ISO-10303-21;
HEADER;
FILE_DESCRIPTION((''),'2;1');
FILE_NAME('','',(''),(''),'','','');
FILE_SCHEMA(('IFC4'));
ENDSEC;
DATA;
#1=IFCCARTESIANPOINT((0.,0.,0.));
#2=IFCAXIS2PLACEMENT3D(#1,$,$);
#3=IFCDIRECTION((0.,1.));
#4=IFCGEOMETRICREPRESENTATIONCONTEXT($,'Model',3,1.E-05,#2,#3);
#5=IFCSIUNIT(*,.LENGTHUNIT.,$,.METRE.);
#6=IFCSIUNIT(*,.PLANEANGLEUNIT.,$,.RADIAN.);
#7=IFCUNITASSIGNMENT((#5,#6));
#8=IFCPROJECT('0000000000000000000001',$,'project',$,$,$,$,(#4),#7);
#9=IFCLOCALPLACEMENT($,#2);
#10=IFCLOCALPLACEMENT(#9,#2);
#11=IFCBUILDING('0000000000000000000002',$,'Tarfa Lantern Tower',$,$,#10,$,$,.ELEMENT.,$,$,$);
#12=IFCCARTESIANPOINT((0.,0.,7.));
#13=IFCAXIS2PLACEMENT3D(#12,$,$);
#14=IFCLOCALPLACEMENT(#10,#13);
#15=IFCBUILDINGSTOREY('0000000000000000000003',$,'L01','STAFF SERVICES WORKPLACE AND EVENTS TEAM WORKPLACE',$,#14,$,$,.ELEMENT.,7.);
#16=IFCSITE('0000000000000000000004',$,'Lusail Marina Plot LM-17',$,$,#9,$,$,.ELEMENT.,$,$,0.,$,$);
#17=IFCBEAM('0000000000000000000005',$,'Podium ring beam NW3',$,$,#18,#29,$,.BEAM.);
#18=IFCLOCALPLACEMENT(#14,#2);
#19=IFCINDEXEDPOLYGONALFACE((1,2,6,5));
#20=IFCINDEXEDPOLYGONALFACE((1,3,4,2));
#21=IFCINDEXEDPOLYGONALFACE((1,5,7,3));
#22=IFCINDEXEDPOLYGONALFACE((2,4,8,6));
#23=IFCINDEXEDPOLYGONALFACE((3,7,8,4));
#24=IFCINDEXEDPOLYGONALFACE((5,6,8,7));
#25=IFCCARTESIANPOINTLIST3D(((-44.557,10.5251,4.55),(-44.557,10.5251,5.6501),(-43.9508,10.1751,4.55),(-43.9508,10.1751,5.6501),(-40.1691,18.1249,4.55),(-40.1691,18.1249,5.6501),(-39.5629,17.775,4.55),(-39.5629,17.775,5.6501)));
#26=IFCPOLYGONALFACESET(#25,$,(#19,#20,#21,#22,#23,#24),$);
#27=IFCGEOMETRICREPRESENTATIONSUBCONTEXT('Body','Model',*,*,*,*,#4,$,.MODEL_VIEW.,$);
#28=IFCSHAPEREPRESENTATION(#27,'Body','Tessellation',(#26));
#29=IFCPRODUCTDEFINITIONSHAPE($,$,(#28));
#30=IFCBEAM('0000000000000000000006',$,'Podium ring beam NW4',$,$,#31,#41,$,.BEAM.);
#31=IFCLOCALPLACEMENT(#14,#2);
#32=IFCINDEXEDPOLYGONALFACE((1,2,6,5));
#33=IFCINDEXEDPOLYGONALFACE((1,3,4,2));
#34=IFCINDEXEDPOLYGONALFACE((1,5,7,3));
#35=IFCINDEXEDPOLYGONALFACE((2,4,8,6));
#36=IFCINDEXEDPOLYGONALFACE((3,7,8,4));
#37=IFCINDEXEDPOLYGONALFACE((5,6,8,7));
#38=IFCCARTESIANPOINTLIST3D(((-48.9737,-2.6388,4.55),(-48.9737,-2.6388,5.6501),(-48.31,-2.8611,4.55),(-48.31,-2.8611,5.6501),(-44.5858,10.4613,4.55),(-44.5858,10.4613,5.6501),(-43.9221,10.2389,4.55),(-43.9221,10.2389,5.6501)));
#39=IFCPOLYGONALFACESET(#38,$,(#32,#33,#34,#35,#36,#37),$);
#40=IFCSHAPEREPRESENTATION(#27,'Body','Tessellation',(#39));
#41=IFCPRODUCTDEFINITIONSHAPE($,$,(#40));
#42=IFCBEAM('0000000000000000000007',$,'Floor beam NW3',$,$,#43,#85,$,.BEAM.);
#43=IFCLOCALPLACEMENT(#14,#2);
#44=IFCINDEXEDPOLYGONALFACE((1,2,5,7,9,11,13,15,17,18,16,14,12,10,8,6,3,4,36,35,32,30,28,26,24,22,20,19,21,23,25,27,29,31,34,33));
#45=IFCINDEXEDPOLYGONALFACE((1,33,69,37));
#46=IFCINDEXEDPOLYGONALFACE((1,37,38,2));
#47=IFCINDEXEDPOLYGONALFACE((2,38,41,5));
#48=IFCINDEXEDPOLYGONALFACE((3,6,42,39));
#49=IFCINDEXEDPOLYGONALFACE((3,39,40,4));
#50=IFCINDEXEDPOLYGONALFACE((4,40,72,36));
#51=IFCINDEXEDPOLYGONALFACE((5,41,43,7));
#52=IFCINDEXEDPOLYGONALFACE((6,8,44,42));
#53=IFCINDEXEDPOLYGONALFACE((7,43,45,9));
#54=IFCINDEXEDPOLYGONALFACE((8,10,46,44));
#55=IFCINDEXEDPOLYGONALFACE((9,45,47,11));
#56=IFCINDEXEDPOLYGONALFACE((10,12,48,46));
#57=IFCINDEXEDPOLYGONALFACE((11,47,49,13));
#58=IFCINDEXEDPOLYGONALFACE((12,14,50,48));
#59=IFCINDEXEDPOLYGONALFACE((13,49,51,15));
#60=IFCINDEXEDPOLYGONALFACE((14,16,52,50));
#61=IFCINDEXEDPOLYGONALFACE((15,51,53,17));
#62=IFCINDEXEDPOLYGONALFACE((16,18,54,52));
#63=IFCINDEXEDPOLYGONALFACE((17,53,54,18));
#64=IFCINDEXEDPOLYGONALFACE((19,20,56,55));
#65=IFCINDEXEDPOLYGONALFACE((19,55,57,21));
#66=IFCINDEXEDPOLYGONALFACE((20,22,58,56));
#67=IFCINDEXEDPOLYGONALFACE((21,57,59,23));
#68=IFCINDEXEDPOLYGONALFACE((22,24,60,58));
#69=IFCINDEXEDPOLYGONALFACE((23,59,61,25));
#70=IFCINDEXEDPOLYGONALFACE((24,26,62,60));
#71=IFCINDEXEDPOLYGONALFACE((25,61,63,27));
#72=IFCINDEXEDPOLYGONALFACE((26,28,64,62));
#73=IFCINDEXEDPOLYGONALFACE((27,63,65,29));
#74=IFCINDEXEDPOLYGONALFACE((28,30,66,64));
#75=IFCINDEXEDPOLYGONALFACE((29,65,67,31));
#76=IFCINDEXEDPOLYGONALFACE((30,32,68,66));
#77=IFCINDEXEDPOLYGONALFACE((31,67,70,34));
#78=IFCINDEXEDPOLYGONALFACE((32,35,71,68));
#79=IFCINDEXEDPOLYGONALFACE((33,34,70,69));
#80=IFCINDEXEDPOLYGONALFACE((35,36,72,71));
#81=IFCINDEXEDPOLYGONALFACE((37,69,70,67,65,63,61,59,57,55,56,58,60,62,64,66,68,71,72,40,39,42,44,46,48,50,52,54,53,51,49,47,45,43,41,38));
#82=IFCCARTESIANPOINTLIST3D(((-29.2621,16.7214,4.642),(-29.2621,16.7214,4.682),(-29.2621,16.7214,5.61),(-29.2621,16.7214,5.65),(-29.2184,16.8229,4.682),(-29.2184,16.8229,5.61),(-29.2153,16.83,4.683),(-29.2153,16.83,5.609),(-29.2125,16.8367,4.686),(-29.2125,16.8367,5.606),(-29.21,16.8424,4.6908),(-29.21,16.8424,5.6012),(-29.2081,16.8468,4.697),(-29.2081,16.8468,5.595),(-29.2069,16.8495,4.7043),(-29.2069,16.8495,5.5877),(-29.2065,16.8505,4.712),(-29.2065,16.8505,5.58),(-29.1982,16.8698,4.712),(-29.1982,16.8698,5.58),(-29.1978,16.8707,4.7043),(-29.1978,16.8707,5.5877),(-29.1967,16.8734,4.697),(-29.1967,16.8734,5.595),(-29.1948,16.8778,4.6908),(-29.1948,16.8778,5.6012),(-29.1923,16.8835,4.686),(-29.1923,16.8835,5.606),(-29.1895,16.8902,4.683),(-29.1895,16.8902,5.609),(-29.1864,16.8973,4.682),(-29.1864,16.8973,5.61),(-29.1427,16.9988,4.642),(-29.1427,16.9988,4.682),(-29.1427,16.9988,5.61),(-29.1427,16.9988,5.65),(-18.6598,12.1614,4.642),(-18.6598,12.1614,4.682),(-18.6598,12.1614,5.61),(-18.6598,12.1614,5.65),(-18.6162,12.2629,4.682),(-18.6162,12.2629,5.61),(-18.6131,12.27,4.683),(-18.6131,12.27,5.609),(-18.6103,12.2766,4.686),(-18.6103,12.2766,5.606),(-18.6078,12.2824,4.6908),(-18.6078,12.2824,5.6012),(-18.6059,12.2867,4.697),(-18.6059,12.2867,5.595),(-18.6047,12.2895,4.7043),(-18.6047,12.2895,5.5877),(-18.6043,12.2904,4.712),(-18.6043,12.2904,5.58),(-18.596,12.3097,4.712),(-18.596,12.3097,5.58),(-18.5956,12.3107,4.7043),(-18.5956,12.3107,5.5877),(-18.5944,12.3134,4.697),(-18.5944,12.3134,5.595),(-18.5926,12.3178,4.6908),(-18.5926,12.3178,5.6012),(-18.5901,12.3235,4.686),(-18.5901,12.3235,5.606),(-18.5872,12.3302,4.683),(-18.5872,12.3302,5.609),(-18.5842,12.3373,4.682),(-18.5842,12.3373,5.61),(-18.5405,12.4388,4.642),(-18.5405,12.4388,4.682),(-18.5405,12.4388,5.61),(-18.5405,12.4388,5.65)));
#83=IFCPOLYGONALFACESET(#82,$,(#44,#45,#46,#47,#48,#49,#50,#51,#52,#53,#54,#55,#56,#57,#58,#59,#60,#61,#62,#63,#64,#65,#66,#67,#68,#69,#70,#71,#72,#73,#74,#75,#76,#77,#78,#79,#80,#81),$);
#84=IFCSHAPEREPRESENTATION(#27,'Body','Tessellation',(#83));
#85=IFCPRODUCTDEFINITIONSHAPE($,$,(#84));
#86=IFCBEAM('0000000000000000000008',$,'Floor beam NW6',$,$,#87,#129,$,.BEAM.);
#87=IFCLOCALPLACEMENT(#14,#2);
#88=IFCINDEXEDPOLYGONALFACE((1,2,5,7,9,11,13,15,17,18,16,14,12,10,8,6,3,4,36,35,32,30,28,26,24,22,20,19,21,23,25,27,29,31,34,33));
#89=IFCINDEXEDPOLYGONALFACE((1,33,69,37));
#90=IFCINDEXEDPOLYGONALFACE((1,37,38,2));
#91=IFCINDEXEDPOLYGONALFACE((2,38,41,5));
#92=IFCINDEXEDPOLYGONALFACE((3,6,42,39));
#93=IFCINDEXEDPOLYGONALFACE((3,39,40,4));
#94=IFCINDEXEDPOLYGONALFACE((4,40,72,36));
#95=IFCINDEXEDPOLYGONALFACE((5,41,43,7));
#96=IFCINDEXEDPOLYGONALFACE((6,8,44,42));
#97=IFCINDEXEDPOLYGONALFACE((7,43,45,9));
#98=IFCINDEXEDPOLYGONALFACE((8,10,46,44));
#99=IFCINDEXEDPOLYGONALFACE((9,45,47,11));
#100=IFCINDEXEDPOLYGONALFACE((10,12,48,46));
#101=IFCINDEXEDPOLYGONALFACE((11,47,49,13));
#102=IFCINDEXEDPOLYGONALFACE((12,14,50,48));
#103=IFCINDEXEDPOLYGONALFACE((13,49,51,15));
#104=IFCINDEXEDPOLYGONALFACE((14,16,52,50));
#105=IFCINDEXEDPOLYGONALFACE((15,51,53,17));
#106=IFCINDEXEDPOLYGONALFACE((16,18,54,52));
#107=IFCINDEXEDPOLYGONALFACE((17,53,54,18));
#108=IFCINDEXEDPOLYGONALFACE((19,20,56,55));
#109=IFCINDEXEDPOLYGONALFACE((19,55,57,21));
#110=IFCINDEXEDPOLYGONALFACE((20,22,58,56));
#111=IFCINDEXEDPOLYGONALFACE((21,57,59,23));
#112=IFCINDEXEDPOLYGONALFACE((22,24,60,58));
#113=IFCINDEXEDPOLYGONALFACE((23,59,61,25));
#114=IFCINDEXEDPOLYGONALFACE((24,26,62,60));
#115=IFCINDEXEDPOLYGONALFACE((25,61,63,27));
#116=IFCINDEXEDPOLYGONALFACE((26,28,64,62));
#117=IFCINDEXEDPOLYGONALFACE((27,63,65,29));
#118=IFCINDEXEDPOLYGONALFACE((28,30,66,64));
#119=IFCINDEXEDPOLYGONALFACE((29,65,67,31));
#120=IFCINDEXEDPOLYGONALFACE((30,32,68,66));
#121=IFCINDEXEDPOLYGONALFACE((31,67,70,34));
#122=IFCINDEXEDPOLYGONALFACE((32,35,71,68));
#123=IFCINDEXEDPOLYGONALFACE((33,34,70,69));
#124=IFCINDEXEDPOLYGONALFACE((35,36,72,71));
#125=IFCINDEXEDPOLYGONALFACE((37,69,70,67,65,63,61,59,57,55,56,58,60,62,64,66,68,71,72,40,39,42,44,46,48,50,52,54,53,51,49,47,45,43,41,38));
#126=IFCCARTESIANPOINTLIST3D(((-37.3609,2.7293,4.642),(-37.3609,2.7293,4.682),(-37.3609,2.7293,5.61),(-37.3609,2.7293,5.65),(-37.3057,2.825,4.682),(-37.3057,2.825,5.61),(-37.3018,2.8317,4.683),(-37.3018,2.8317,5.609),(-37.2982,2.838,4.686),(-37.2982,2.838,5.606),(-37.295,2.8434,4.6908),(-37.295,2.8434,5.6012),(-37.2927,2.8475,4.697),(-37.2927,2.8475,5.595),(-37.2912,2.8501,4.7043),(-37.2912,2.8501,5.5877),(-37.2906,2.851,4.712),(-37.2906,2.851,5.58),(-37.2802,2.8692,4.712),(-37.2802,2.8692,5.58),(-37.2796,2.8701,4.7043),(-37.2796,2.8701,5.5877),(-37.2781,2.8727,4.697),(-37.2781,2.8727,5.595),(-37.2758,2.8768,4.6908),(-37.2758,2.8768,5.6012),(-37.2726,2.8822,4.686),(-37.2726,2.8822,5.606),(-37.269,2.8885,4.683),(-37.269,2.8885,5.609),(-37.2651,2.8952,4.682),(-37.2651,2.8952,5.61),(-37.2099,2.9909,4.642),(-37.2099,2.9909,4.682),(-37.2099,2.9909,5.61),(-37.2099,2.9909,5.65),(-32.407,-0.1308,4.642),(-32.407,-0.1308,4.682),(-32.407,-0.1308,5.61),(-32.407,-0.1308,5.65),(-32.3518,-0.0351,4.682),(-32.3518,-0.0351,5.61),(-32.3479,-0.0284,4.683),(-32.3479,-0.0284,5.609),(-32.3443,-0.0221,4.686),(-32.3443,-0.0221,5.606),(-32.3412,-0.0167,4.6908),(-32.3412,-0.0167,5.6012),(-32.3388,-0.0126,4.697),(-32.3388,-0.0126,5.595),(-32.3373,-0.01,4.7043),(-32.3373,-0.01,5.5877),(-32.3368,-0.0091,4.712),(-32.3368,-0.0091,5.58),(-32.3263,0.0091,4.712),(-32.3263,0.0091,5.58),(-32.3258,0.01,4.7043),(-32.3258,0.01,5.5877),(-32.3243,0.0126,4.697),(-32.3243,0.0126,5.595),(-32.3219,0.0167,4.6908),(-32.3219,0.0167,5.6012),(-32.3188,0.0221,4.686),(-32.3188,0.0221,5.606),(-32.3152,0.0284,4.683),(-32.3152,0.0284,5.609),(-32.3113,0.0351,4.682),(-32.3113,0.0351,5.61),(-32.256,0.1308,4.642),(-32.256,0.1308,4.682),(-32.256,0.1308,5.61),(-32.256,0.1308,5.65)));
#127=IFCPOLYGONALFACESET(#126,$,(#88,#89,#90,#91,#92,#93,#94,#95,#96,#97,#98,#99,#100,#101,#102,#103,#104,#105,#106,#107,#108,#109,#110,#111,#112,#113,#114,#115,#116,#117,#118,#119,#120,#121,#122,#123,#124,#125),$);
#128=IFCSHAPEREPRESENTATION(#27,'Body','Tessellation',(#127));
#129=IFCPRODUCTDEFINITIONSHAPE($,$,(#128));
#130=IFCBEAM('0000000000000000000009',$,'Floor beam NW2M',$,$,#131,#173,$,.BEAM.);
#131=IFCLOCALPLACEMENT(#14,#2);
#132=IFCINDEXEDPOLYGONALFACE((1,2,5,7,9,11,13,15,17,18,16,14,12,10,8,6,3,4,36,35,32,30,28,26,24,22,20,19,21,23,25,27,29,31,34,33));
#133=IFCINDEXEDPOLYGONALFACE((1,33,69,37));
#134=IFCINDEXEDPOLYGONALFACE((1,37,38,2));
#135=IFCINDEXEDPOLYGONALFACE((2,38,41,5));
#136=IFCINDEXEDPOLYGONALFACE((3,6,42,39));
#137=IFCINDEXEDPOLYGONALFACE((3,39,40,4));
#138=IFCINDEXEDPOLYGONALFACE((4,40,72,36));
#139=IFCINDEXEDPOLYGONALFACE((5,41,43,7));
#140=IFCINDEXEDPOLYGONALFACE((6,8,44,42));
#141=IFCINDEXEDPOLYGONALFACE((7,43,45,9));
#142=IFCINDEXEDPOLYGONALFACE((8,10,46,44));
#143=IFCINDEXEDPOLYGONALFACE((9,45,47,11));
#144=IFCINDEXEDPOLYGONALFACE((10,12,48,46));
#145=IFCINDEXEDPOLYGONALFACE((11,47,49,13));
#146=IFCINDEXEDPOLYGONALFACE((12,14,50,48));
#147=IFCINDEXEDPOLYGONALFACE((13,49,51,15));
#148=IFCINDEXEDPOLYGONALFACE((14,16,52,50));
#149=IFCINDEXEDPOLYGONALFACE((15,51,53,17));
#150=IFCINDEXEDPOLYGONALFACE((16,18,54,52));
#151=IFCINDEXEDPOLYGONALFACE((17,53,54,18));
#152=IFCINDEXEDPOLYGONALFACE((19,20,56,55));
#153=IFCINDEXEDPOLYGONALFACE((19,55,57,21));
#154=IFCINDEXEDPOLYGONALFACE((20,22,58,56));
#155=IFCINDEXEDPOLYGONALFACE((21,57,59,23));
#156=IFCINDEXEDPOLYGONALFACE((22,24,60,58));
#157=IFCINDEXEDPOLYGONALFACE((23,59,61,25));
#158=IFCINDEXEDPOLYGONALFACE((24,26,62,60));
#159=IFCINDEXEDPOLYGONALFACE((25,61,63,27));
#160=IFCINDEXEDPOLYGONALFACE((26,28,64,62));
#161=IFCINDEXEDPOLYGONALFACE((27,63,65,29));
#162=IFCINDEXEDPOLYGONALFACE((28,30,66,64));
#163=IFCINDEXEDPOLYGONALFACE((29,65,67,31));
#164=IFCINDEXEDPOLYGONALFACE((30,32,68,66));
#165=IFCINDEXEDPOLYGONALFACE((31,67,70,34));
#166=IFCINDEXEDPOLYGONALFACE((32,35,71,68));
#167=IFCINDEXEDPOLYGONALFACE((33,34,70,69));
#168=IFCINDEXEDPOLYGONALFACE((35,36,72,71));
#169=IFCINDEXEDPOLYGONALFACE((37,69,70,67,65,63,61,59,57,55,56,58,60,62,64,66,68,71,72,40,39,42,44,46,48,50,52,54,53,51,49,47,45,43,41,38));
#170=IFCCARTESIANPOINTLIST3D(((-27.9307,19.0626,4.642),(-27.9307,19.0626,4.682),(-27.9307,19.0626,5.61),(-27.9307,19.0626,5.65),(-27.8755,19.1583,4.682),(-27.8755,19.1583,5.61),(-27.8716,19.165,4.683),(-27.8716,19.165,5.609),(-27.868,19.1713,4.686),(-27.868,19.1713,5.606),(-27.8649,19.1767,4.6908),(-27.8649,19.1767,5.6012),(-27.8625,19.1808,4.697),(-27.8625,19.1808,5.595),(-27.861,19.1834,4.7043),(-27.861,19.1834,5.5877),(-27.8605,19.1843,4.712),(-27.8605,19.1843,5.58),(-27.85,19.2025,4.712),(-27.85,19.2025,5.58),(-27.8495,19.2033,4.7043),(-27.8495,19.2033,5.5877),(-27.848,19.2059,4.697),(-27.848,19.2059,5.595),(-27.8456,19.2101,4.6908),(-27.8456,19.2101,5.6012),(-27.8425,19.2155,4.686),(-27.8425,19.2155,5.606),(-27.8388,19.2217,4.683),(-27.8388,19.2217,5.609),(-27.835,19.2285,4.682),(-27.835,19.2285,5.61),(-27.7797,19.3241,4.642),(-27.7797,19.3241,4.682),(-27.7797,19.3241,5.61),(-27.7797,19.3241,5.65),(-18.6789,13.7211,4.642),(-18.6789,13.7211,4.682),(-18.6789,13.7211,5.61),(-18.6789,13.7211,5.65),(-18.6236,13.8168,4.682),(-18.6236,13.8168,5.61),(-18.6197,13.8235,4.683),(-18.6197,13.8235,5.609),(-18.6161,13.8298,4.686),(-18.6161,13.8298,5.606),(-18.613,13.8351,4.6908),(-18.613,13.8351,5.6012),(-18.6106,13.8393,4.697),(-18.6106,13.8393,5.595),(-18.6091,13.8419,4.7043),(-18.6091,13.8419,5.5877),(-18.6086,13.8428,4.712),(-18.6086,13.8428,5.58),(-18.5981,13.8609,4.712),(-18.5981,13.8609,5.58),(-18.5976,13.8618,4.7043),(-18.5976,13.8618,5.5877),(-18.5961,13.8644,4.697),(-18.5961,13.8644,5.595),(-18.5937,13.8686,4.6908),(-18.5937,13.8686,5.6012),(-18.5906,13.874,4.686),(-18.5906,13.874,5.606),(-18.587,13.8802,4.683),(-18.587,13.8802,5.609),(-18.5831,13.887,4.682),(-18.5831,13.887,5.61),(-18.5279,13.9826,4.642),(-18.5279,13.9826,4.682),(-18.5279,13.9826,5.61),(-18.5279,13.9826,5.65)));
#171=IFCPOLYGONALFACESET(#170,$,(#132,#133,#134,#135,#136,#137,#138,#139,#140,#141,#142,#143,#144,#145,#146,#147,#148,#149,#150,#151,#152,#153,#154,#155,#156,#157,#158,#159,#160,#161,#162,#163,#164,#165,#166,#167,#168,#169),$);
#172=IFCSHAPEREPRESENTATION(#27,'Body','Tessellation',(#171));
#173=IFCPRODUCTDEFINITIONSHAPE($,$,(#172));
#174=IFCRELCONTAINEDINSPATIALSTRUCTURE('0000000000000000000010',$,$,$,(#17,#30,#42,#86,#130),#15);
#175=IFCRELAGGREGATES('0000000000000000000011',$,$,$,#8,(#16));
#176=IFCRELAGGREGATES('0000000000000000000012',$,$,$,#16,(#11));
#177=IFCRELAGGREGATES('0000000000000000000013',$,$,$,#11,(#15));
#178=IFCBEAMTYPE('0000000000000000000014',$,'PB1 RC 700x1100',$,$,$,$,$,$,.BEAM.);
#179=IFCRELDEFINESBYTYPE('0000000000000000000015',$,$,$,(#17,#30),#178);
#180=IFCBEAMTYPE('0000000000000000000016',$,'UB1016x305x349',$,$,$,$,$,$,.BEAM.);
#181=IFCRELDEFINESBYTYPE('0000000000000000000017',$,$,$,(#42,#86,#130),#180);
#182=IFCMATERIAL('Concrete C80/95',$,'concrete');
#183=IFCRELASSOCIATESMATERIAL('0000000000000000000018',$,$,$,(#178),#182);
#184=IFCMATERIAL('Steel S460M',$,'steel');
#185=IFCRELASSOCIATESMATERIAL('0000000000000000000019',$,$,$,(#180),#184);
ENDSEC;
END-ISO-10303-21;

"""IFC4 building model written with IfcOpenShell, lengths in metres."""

from ifc_helpers import new_model, si_unit, direction, frame, origin, origin_2d, place, context, subcontext, project, spatial, rectangle, i_section, extrude, material, material_profile, profile_set, type_object, element, save


model = new_model("IFC4")

# Units and contexts
model_context = context("Model", 3, precision=1e-05, world=origin(), true_north=direction((0.0, 1.0)))
body_context = subcontext(model_context, "Body", "Model", "MODEL_VIEW")
ifc_project = project(units=[si_unit("LENGTHUNIT", "METRE"), si_unit("PLANEANGLEUNIT", "RADIAN")], contexts=[model_context])

# Site, building, storey
site_placement = place(None, origin())
site = spatial("IfcSite", under=ifc_project, at=site_placement, Name="Lusail Marina Plot LM-17", CompositionType="ELEMENT", RefElevation=0.0)
building_placement = place(site_placement, origin())
building = spatial("IfcBuilding", under=site, at=building_placement, Name="Tarfa Lantern Tower", CompositionType="ELEMENT")
storey_placement = place(building_placement, frame((0.0, 0.0, 7.0)))
storey = spatial("IfcBuildingStorey", under=building, at=storey_placement, Name="L01", Description="STAFF SERVICES WORKPLACE AND EVENTS TEAM WORKPLACE", CompositionType="ELEMENT", Elevation=7.0)

# Shared definitions
ifc_material_1 = material(Name="Concrete C80/95", Category="concrete")

# Beams
ifc_material_profile_1 = material_profile(ifc_material_1, rectangle(XDim=0.7, YDim=1.1001, at=origin_2d()), Name="RC 700x1100")
ifc_profile_set_1 = profile_set([ifc_material_profile_1], Name="Concrete C80/95")
beam_type_1 = type_object("IfcBeamType", Name="PB1 RC 700x1100", PredefinedType="BEAM", material=ifc_profile_set_1)
beam_1_placement = place(storey_placement, frame((-39.866, 17.95, 5.1001), z_axis=(-0.500014, -0.866017, 0.0), x_axis=(0.866017, -0.500014, 0.0)))
element("IfcBeam", 1, at=beam_1_placement, inside=storey, type_object=beam_type_1, Name="Podium ring beam NW3", PredefinedType="BEAM", context=body_context, shape_type="SweptSolid", body=[
    extrude(rectangle(XDim=0.7, YDim=1.1001, at=origin_2d()), origin(), (0.0, 0.0, 1.0), 8.7756),
])
beam_2_placement = place(storey_placement, frame((-44.2539, 10.3501, 5.1001), z_axis=(-0.317611, -0.948221, 0.0), x_axis=(0.948221, -0.317611, 0.0)))
element("IfcBeam", 2, at=beam_2_placement, inside=storey, type_object=beam_type_1, Name="Podium ring beam NW4", PredefinedType="BEAM", context=body_context, shape_type="SweptSolid", body=[
    extrude(rectangle(XDim=0.7, YDim=1.1001, at=origin_2d()), origin(), (0.0, 0.0, 1.0), 13.8154),
])
ifc_material_2 = material(Name="Steel S460M", Category="steel")
ifc_material_profile_2 = material_profile(ifc_material_2, i_section(OverallWidth=0.302, OverallDepth=1.0081, WebThickness=0.021, FlangeThickness=0.04, FilletRadius=0.03, at=origin_2d()), Name="UB1016x305x349")
ifc_profile_set_2 = profile_set([ifc_material_profile_2], Name="Steel S460M")
beam_type_2 = type_object("IfcBeamType", Name="UB1016x305x349", PredefinedType="BEAM", material=ifc_profile_set_2)
beam_3_placement = place(storey_placement, frame((-29.2024, 16.8601, 5.146), z_axis=(0.918635, -0.395106, 0.0), x_axis=(0.395106, 0.918635, 0.0)))
element("IfcBeam", 3, at=beam_3_placement, inside=storey, type_object=beam_type_2, Name="Floor beam NW3", PredefinedType="BEAM", context=body_context, shape_type="SweptSolid", body=[
    extrude(i_section(OverallWidth=0.302, OverallDepth=1.0081, WebThickness=0.021, FlangeThickness=0.04, FilletRadius=0.03, at=origin_2d()), origin(), (0.0, 0.0, 1.0), 11.5413),
])
beam_4_placement = place(storey_placement, frame((-37.2854, 2.8601, 5.146), z_axis=(0.866026, -0.5, 0.0), x_axis=(0.5, 0.866026, 0.0)))
element("IfcBeam", 4, at=beam_4_placement, inside=storey, type_object=beam_type_2, Name="Floor beam NW6", PredefinedType="BEAM", context=body_context, shape_type="SweptSolid", body=[
    extrude(i_section(OverallWidth=0.302, OverallDepth=1.0081, WebThickness=0.021, FlangeThickness=0.04, FilletRadius=0.03, at=origin_2d()), origin(), (0.0, 0.0, 1.0), 5.7202),
])
beam_5_placement = place(storey_placement, frame((-27.8552, 19.1934, 5.146), z_axis=(0.866028, -0.499995, 0.0), x_axis=(0.499995, 0.866028, 0.0)))
element("IfcBeam", 5, at=beam_5_placement, inside=storey, type_object=beam_type_2, Name="Floor beam NW2M", PredefinedType="BEAM", context=body_context, shape_type="SweptSolid", body=[
    extrude(i_section(OverallWidth=0.302, OverallDepth=1.0081, WebThickness=0.021, FlangeThickness=0.04, FilletRadius=0.03, at=origin_2d()), origin(), (0.0, 0.0, 1.0), 10.6831),
])

save(model, "model.ifc")
